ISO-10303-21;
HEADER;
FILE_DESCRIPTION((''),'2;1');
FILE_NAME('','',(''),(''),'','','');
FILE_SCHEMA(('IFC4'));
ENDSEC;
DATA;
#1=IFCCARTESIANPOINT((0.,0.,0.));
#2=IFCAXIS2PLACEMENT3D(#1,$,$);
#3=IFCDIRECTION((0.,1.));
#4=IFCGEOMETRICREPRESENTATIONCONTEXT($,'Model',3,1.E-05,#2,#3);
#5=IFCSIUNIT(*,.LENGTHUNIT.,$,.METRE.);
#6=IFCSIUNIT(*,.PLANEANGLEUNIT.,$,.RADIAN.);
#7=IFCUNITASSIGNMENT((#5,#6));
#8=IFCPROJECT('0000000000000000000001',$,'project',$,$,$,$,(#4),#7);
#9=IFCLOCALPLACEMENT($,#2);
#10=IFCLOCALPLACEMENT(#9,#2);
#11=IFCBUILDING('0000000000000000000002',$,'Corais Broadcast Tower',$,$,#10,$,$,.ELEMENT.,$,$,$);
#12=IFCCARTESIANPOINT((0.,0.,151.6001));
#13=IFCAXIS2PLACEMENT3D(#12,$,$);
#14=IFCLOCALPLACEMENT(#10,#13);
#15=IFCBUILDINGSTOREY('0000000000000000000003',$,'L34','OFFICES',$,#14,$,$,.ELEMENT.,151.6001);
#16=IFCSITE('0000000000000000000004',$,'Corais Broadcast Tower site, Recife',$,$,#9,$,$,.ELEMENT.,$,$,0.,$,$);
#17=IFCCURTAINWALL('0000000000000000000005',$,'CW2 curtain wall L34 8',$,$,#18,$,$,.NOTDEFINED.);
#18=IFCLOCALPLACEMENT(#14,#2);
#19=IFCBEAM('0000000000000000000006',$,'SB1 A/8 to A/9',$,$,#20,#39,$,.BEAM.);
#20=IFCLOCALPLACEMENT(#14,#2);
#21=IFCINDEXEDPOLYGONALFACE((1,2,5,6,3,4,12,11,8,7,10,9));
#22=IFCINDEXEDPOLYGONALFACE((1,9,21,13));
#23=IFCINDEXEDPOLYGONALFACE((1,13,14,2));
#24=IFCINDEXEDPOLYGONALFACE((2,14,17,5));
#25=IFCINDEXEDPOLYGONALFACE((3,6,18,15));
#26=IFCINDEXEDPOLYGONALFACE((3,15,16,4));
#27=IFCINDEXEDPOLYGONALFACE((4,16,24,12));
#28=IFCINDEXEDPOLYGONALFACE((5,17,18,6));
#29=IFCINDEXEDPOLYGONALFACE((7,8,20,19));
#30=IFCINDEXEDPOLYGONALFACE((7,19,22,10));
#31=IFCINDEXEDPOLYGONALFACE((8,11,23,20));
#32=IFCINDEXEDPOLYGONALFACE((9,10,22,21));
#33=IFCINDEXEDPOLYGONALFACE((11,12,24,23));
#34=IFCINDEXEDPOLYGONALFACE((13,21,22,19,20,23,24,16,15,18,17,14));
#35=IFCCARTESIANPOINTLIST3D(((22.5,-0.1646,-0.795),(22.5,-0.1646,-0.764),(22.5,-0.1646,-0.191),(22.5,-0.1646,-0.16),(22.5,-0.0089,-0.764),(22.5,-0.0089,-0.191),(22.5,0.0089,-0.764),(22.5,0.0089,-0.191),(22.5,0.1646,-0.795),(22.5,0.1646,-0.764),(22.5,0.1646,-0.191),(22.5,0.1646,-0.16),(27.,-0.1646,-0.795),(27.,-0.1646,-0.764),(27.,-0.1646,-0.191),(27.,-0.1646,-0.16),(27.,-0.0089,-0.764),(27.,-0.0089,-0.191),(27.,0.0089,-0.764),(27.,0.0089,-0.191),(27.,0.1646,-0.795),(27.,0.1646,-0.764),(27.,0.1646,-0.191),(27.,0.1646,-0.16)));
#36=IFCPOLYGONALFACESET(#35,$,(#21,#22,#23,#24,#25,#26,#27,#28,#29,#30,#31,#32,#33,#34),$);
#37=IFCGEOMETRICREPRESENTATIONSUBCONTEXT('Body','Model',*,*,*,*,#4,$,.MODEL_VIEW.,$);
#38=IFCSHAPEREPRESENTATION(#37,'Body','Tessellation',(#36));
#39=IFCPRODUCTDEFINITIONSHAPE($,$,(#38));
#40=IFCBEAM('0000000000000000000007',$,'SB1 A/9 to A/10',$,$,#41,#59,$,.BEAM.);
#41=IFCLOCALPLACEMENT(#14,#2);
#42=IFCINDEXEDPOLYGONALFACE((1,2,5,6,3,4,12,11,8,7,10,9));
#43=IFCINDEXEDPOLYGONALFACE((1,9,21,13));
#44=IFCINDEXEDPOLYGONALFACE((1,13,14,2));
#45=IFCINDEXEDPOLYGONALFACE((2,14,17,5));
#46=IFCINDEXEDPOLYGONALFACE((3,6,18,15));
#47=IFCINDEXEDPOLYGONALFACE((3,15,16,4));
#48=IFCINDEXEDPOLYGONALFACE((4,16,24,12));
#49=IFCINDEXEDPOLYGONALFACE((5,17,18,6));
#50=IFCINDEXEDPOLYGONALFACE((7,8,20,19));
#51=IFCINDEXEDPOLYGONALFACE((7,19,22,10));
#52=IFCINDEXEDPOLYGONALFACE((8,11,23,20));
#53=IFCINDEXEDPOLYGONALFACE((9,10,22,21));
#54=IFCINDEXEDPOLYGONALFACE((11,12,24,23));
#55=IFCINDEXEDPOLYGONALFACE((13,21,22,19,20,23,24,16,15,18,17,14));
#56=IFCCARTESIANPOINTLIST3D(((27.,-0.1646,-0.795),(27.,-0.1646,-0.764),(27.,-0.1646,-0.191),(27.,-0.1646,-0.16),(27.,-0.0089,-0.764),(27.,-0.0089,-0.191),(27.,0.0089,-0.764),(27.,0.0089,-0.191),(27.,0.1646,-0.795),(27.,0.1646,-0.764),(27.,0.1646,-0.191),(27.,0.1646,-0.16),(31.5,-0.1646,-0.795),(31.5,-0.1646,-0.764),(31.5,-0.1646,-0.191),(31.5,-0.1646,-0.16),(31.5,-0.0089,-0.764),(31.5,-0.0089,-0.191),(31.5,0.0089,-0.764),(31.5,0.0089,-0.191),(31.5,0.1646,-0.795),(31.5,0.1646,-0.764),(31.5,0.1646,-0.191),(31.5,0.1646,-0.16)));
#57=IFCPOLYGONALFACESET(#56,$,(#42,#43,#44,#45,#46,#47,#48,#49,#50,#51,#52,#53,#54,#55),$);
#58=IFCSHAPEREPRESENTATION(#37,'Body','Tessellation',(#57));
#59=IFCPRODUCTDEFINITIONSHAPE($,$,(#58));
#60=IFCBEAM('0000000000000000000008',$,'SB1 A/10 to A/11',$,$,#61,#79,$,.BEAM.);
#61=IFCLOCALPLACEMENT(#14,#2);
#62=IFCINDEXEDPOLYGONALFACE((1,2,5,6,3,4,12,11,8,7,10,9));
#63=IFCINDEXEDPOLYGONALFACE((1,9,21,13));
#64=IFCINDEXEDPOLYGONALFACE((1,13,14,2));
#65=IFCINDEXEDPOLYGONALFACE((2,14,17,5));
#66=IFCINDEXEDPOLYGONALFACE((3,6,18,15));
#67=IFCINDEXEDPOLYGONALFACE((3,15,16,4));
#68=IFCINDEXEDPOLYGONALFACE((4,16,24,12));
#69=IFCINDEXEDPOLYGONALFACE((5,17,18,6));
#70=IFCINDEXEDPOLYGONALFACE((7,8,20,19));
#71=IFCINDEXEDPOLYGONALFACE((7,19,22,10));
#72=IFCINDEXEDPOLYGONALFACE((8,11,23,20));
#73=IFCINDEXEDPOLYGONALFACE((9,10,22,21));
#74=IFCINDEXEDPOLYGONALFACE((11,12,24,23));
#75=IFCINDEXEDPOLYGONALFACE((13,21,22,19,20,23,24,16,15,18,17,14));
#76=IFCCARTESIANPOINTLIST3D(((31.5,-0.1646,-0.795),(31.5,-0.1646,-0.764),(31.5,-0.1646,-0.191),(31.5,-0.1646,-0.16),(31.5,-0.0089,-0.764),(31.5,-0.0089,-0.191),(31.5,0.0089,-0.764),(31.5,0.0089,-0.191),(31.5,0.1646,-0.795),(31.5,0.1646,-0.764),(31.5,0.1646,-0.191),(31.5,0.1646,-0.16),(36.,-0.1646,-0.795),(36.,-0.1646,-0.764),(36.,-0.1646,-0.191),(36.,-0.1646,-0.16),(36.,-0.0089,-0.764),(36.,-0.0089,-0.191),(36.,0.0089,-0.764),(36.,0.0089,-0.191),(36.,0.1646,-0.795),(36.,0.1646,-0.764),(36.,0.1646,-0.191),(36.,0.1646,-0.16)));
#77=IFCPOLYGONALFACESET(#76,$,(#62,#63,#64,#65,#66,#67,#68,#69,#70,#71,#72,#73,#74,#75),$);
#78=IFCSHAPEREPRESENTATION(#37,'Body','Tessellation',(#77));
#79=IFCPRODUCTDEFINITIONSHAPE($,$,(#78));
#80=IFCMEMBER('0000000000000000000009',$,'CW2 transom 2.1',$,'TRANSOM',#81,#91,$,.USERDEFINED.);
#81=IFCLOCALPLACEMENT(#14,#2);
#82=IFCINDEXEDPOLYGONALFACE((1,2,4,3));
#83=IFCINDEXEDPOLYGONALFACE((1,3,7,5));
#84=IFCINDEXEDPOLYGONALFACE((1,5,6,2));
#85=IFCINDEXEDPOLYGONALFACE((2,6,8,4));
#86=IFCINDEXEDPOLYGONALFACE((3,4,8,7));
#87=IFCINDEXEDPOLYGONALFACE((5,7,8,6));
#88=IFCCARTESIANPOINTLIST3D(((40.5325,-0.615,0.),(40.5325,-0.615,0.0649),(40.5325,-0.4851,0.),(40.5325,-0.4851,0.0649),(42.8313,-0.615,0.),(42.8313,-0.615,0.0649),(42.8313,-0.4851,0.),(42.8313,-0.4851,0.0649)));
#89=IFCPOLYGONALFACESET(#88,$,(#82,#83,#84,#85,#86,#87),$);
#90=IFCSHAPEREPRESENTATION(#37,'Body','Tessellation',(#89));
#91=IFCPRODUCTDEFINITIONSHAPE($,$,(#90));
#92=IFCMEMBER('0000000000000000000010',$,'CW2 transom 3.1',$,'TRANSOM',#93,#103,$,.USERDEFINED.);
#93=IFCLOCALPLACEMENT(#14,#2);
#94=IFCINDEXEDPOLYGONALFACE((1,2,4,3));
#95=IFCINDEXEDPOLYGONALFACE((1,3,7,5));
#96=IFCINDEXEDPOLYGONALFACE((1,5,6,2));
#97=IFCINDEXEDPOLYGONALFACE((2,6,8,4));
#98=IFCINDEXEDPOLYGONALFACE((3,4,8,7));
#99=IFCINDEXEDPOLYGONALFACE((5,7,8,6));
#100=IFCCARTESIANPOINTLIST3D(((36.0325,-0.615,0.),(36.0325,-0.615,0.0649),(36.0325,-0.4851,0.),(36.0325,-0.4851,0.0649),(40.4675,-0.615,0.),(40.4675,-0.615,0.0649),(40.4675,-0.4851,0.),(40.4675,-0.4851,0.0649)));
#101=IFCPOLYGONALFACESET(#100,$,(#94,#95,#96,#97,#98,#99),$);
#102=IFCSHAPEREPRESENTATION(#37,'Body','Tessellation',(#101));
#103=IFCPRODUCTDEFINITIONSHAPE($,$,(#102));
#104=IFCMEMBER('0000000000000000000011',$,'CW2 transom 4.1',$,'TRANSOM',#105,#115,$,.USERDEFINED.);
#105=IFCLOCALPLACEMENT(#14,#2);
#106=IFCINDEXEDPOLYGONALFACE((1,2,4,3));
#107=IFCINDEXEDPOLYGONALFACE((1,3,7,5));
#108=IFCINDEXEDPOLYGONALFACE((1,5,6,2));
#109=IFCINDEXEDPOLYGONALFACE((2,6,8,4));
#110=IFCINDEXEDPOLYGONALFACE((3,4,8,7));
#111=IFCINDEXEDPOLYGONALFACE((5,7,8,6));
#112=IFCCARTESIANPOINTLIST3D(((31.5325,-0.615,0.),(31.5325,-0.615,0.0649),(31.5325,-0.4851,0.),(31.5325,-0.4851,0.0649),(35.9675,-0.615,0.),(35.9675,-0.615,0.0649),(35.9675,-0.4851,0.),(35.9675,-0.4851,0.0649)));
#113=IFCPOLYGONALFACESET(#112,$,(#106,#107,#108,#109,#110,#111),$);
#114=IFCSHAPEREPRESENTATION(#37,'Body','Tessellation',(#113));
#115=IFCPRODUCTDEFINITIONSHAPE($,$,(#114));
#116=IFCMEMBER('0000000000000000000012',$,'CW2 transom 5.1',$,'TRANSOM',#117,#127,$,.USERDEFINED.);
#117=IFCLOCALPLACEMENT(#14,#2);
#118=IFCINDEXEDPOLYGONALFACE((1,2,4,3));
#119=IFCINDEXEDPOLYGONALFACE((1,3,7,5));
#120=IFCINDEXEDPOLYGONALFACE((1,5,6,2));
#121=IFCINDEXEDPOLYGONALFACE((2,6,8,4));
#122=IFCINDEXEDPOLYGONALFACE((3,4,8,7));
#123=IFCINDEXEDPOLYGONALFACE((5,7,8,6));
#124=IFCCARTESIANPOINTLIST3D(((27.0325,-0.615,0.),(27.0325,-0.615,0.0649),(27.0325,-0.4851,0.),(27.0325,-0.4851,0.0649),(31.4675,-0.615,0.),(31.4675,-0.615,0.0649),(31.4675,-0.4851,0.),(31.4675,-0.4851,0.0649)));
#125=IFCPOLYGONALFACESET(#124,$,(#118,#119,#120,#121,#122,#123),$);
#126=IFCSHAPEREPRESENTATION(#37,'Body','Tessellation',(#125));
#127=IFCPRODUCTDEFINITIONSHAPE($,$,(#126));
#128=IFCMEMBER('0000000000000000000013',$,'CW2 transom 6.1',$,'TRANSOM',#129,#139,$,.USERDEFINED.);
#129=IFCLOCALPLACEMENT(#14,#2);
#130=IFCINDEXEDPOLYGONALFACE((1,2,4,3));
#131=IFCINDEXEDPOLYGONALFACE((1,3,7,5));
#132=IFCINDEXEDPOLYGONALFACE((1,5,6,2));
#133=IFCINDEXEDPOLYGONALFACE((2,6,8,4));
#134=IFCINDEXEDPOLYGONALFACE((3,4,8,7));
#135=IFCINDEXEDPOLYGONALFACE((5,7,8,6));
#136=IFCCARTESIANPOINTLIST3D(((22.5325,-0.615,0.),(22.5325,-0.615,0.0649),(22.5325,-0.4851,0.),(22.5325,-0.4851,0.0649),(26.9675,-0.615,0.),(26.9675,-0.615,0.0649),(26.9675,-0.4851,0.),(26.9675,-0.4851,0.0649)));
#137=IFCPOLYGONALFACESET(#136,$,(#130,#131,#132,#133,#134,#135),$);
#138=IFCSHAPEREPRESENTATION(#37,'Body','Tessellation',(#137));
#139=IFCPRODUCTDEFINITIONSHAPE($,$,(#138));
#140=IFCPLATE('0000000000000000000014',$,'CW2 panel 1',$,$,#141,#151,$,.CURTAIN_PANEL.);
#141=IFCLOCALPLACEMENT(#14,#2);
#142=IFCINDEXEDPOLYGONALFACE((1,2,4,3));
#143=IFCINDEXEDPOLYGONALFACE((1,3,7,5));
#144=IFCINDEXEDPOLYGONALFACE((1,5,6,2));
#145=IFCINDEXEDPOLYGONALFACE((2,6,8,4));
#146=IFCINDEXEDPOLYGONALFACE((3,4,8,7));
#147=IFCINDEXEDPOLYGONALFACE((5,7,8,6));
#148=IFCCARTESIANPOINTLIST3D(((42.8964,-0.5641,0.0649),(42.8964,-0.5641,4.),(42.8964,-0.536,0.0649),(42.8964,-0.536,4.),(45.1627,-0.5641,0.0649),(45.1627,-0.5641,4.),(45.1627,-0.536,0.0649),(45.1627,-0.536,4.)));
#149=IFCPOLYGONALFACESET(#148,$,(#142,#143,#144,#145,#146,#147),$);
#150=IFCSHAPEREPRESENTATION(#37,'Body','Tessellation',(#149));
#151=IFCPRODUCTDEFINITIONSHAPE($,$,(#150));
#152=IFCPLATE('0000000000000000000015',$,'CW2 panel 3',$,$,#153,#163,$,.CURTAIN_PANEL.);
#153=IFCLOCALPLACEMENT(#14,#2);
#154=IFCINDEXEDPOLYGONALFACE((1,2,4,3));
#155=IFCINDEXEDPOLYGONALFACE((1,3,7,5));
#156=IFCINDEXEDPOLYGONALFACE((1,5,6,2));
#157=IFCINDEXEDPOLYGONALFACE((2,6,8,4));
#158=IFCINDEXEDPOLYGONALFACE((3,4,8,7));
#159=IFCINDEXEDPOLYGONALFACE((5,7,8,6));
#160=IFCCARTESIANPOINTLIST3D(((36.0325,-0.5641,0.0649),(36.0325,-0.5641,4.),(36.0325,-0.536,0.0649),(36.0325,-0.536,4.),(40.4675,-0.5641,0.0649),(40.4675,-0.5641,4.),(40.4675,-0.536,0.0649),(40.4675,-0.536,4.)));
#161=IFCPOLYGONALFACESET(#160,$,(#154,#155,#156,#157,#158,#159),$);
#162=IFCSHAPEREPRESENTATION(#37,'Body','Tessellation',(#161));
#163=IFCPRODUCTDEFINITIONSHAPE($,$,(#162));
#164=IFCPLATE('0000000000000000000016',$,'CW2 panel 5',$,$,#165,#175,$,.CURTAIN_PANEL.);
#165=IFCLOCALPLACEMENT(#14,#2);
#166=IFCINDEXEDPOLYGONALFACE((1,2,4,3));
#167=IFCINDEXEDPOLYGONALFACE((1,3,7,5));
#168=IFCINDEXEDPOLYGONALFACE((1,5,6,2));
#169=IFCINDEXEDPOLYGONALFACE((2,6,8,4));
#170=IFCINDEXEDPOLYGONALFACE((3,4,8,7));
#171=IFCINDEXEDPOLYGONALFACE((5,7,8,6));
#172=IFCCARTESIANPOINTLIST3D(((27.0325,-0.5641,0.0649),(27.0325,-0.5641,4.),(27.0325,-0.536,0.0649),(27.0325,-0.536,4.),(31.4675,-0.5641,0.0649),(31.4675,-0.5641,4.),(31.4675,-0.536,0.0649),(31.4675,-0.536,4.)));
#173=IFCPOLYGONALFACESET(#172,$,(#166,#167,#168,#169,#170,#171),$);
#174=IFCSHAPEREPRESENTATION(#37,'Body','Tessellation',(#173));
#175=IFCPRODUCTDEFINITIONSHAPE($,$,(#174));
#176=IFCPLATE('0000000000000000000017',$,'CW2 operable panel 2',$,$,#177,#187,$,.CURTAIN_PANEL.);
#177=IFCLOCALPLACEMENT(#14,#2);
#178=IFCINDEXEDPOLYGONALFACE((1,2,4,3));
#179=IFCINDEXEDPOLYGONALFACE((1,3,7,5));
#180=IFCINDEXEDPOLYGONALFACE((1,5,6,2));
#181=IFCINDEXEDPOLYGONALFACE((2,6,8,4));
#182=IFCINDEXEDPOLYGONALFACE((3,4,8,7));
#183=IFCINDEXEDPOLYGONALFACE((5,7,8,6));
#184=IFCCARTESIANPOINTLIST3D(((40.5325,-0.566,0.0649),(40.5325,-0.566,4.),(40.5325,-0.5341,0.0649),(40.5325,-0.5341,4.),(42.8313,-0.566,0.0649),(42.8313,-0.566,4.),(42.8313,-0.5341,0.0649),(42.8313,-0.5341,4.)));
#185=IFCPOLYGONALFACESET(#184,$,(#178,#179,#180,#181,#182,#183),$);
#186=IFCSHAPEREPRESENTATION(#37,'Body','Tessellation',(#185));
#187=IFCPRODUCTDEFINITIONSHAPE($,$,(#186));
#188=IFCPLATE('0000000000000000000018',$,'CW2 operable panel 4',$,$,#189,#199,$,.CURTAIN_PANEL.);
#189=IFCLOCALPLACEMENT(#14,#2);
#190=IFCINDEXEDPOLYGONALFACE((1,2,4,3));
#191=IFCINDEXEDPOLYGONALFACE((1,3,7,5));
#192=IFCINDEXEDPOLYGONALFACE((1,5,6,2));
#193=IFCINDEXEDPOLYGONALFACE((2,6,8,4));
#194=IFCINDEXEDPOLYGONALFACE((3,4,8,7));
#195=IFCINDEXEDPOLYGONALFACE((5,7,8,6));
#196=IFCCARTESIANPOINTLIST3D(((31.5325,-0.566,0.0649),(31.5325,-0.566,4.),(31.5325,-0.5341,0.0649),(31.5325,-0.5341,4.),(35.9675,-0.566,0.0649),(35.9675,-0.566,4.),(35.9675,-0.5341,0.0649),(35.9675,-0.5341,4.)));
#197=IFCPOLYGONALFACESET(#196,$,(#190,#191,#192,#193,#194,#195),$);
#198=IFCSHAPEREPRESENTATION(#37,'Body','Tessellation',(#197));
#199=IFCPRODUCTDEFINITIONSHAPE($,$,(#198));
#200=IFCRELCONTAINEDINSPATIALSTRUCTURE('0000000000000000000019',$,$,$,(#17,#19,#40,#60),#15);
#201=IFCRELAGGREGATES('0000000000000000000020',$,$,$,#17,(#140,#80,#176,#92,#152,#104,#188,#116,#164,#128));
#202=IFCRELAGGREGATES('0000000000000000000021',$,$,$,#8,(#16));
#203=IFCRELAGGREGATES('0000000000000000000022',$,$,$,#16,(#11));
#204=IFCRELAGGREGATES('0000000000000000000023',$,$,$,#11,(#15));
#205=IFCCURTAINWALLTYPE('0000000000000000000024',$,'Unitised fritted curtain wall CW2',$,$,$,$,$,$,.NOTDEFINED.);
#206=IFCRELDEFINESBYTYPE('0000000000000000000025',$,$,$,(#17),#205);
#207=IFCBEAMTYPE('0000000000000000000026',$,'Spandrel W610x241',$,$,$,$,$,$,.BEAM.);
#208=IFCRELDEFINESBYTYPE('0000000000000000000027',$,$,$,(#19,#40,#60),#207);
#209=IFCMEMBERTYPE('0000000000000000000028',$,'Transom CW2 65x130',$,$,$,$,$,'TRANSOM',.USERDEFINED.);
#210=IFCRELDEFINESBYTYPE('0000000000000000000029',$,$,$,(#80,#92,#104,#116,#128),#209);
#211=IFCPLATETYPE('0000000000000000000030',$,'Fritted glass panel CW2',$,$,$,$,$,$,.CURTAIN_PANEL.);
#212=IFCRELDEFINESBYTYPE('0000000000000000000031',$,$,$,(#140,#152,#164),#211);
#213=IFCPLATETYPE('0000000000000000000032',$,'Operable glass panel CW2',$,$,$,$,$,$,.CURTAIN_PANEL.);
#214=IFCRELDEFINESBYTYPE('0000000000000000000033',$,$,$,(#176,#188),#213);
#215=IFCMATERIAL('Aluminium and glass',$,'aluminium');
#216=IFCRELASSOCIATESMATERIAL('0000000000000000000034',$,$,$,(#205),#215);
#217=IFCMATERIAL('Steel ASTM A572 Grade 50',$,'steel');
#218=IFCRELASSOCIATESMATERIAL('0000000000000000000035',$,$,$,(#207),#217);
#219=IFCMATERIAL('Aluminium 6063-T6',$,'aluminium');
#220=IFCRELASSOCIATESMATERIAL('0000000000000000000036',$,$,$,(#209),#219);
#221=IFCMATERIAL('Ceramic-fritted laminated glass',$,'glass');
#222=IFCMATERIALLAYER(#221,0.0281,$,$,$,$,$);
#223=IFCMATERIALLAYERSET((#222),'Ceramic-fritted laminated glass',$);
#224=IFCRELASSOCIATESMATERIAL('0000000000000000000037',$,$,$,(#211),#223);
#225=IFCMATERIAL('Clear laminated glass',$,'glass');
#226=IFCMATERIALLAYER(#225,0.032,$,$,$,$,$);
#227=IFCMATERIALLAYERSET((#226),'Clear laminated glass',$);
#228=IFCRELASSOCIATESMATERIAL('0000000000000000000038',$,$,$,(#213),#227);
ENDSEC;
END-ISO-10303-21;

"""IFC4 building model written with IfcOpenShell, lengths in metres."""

from ifc_helpers import new_model, si_unit, direction, frame, origin, origin_2d, place, context, subcontext, project, spatial, rectangle, i_section, extrude, material, layer, layer_set, material_profile, profile_set, type_object, element, aggregate, save


model = new_model("IFC4")

# Units and contexts
model_context = context("Model", 3, precision=1e-05, world=origin(), true_north=direction((0.0, 1.0)))
body_context = subcontext(model_context, "Body", "Model", "MODEL_VIEW")
ifc_project = project(units=[si_unit("LENGTHUNIT", "METRE"), si_unit("PLANEANGLEUNIT", "RADIAN")], contexts=[model_context])

# Site, building, storey
site_placement = place(None, origin())
site = spatial("IfcSite", under=ifc_project, at=site_placement, Name="Corais Broadcast Tower site, Recife", CompositionType="ELEMENT", RefElevation=0.0)
building_placement = place(site_placement, origin())
building = spatial("IfcBuilding", under=site, at=building_placement, Name="Corais Broadcast Tower", CompositionType="ELEMENT")
storey_placement = place(building_placement, frame((0.0, 0.0, 151.6001)))
storey = spatial("IfcBuildingStorey", under=building, at=storey_placement, Name="L34", Description="OFFICES", CompositionType="ELEMENT", Elevation=151.6001)

# Curtain wall
ifc_material_1 = material(Name="Aluminium and glass", Category="aluminium")
curtain_wall_type = type_object("IfcCurtainWallType", Name="Unitised fritted curtain wall CW2", PredefinedType="NOTDEFINED", material=ifc_material_1)
curtain_wall_placement = place(storey_placement, origin())
curtain_wall = element("IfcCurtainWall", 1, at=curtain_wall_placement, inside=storey, type_object=curtain_wall_type, Name="CW2 curtain wall L34 8", PredefinedType="NOTDEFINED")

# Beams
ifc_material_2 = material(Name="Steel ASTM A572 Grade 50", Category="steel")
ifc_material_profile_1 = material_profile(ifc_material_2, i_section(OverallWidth=0.3291, OverallDepth=0.635, WebThickness=0.0178, FlangeThickness=0.031, at=origin_2d()), Name="W610x241")
ifc_profile_set_1 = profile_set([ifc_material_profile_1], Name="Steel ASTM A572 Grade 50")
beam_type_1 = type_object("IfcBeamType", Name="Spandrel W610x241", PredefinedType="BEAM", material=ifc_profile_set_1)
for number, where, z_axis, x_axis, name in (
    (2, (22.5, 0.0, -0.4775), (1.0, 0.0, 0.0), (0.0, 1.0, 0.0), "SB1 A/8 to A/9"),
    (3, (27.0, 0.0, -0.4775), (1.0, 0.0, 0.0), (0.0, 1.0, 0.0), "SB1 A/9 to A/10"),
    (4, (31.5, 0.0, -0.4775), (1.0, 0.0, 0.0), (0.0, 1.0, 0.0), "SB1 A/10 to A/11"),
):
    element("IfcBeam", number, at=place(storey_placement, frame(where, z_axis=z_axis, x_axis=x_axis)), inside=storey, type_object=beam_type_1, Name=name, PredefinedType="BEAM", context=body_context, shape_type="SweptSolid", body=[
        extrude(i_section(OverallWidth=0.3291, OverallDepth=0.635, WebThickness=0.0178, FlangeThickness=0.031, at=origin_2d()), origin(), (0.0, 0.0, 1.0), 4.5),
    ])

# Members
ifc_material_3 = material(Name="Aluminium 6063-T6", Category="aluminium")
ifc_material_profile_2 = material_profile(ifc_material_3, rectangle(XDim=0.1299, YDim=0.0649, at=origin_2d()), Name="Transom CW2 65x130")
ifc_profile_set_2 = profile_set([ifc_material_profile_2], Name="Aluminium 6063-T6")
member_type_1 = type_object("IfcMemberType", Name="Transom CW2 65x130", ElementType="TRANSOM", PredefinedType="USERDEFINED", material=ifc_profile_set_2)
member_1_placement = place(storey_placement, frame((42.8313, -0.55, 0.0325), z_axis=(-1.0, 0.0, 0.0), x_axis=(0.0, -1.0, 0.0)))
member_1 = element("IfcMember", 5, at=member_1_placement, type_object=member_type_1, Name="CW2 transom 2.1", ObjectType="TRANSOM", PredefinedType="USERDEFINED", context=body_context, shape_type="SweptSolid", body=[
    extrude(rectangle(XDim=0.1299, YDim=0.0649, at=origin_2d()), origin(), (0.0, 0.0, 1.0), 2.2988),
])
member_2_placement = place(storey_placement, frame((40.4675, -0.55, 0.0325), z_axis=(-1.0, 0.0, 0.0), x_axis=(0.0, -1.0, 0.0)))
member_2 = element("IfcMember", 6, at=member_2_placement, type_object=member_type_1, Name="CW2 transom 3.1", ObjectType="TRANSOM", PredefinedType="USERDEFINED", context=body_context, shape_type="SweptSolid", body=[
    extrude(rectangle(XDim=0.1299, YDim=0.0649, at=origin_2d()), origin(), (0.0, 0.0, 1.0), 4.4351),
])
member_3_placement = place(storey_placement, frame((35.9675, -0.55, 0.0325), z_axis=(-1.0, 0.0, 0.0), x_axis=(0.0, -1.0, 0.0)))
member_3 = element("IfcMember", 7, at=member_3_placement, type_object=member_type_1, Name="CW2 transom 4.1", ObjectType="TRANSOM", PredefinedType="USERDEFINED", context=body_context, shape_type="SweptSolid", body=[
    extrude(rectangle(XDim=0.1299, YDim=0.0649, at=origin_2d()), origin(), (0.0, 0.0, 1.0), 4.4351),
])
member_4_placement = place(storey_placement, frame((31.4675, -0.55, 0.0325), z_axis=(-1.0, 0.0, 0.0), x_axis=(0.0, -1.0, 0.0)))
member_4 = element("IfcMember", 8, at=member_4_placement, type_object=member_type_1, Name="CW2 transom 5.1", ObjectType="TRANSOM", PredefinedType="USERDEFINED", context=body_context, shape_type="SweptSolid", body=[
    extrude(rectangle(XDim=0.1299, YDim=0.0649, at=origin_2d()), origin(), (0.0, 0.0, 1.0), 4.4351),
])
member_5_placement = place(storey_placement, frame((26.9675, -0.55, 0.0325), z_axis=(-1.0, 0.0, 0.0), x_axis=(0.0, -1.0, 0.0)))
member_5 = element("IfcMember", 9, at=member_5_placement, type_object=member_type_1, Name="CW2 transom 6.1", ObjectType="TRANSOM", PredefinedType="USERDEFINED", context=body_context, shape_type="SweptSolid", body=[
    extrude(rectangle(XDim=0.1299, YDim=0.0649, at=origin_2d()), origin(), (0.0, 0.0, 1.0), 4.4351),
])

# Plates
ifc_material_4 = material(Name="Ceramic-fritted laminated glass", Category="glass")
ifc_layer_1 = layer(ifc_material_4, 0.0281)
ifc_layer_set_1 = layer_set([ifc_layer_1], Name="Ceramic-fritted laminated glass")
plate_type_1 = type_object("IfcPlateType", Name="Fritted glass panel CW2", PredefinedType="CURTAIN_PANEL", material=ifc_layer_set_1)
plate_1_placement = place(storey_placement, frame((44.0295, -0.55, 0.0649), z_axis=(0.0, 0.0, 1.0), x_axis=(-1.0, 0.0, 0.0)))
plate_1 = element("IfcPlate", 10, at=plate_1_placement, type_object=plate_type_1, Name="CW2 panel 1", PredefinedType="CURTAIN_PANEL", context=body_context, shape_type="SweptSolid", body=[
    extrude(rectangle(XDim=2.2664, YDim=0.0281, at=origin_2d()), origin(), (0.0, 0.0, 1.0), 3.9351),
])
plate_2_placement = place(storey_placement, frame((38.25, -0.55, 0.0649), z_axis=(0.0, 0.0, 1.0), x_axis=(-1.0, 0.0, 0.0)))
plate_2 = element("IfcPlate", 11, at=plate_2_placement, type_object=plate_type_1, Name="CW2 panel 3", PredefinedType="CURTAIN_PANEL", context=body_context, shape_type="SweptSolid", body=[
    extrude(rectangle(XDim=4.4351, YDim=0.0281, at=origin_2d()), origin(), (0.0, 0.0, 1.0), 3.9351),
])
plate_3_placement = place(storey_placement, frame((29.25, -0.55, 0.0649), z_axis=(0.0, 0.0, 1.0), x_axis=(-1.0, 0.0, 0.0)))
plate_3 = element("IfcPlate", 12, at=plate_3_placement, type_object=plate_type_1, Name="CW2 panel 5", PredefinedType="CURTAIN_PANEL", context=body_context, shape_type="SweptSolid", body=[
    extrude(rectangle(XDim=4.4351, YDim=0.0281, at=origin_2d()), origin(), (0.0, 0.0, 1.0), 3.9351),
])
ifc_material_5 = material(Name="Clear laminated glass", Category="glass")
ifc_layer_2 = layer(ifc_material_5, 0.032)
ifc_layer_set_2 = layer_set([ifc_layer_2], Name="Clear laminated glass")
plate_type_2 = type_object("IfcPlateType", Name="Operable glass panel CW2", PredefinedType="CURTAIN_PANEL", material=ifc_layer_set_2)
plate_4_placement = place(storey_placement, frame((41.6819, -0.55, 0.0649), z_axis=(0.0, 0.0, 1.0), x_axis=(-1.0, 0.0, 0.0)))
plate_4 = element("IfcPlate", 13, at=plate_4_placement, type_object=plate_type_2, Name="CW2 operable panel 2", PredefinedType="CURTAIN_PANEL", context=body_context, shape_type="SweptSolid", body=[
    extrude(rectangle(XDim=2.2988, YDim=0.032, at=origin_2d()), origin(), (0.0, 0.0, 1.0), 3.9351),
])
plate_5_placement = place(storey_placement, frame((33.75, -0.55, 0.0649), z_axis=(0.0, 0.0, 1.0), x_axis=(-1.0, 0.0, 0.0)))
plate_5 = element("IfcPlate", 14, at=plate_5_placement, type_object=plate_type_2, Name="CW2 operable panel 4", PredefinedType="CURTAIN_PANEL", context=body_context, shape_type="SweptSolid", body=[
    extrude(rectangle(XDim=4.4351, YDim=0.032, at=origin_2d()), origin(), (0.0, 0.0, 1.0), 3.9351),
])
aggregate(curtain_wall, [plate_1, member_1, plate_4, member_2, plate_2, member_3, plate_5, member_4, plate_3, member_5])

save(model, "model.ifc")
